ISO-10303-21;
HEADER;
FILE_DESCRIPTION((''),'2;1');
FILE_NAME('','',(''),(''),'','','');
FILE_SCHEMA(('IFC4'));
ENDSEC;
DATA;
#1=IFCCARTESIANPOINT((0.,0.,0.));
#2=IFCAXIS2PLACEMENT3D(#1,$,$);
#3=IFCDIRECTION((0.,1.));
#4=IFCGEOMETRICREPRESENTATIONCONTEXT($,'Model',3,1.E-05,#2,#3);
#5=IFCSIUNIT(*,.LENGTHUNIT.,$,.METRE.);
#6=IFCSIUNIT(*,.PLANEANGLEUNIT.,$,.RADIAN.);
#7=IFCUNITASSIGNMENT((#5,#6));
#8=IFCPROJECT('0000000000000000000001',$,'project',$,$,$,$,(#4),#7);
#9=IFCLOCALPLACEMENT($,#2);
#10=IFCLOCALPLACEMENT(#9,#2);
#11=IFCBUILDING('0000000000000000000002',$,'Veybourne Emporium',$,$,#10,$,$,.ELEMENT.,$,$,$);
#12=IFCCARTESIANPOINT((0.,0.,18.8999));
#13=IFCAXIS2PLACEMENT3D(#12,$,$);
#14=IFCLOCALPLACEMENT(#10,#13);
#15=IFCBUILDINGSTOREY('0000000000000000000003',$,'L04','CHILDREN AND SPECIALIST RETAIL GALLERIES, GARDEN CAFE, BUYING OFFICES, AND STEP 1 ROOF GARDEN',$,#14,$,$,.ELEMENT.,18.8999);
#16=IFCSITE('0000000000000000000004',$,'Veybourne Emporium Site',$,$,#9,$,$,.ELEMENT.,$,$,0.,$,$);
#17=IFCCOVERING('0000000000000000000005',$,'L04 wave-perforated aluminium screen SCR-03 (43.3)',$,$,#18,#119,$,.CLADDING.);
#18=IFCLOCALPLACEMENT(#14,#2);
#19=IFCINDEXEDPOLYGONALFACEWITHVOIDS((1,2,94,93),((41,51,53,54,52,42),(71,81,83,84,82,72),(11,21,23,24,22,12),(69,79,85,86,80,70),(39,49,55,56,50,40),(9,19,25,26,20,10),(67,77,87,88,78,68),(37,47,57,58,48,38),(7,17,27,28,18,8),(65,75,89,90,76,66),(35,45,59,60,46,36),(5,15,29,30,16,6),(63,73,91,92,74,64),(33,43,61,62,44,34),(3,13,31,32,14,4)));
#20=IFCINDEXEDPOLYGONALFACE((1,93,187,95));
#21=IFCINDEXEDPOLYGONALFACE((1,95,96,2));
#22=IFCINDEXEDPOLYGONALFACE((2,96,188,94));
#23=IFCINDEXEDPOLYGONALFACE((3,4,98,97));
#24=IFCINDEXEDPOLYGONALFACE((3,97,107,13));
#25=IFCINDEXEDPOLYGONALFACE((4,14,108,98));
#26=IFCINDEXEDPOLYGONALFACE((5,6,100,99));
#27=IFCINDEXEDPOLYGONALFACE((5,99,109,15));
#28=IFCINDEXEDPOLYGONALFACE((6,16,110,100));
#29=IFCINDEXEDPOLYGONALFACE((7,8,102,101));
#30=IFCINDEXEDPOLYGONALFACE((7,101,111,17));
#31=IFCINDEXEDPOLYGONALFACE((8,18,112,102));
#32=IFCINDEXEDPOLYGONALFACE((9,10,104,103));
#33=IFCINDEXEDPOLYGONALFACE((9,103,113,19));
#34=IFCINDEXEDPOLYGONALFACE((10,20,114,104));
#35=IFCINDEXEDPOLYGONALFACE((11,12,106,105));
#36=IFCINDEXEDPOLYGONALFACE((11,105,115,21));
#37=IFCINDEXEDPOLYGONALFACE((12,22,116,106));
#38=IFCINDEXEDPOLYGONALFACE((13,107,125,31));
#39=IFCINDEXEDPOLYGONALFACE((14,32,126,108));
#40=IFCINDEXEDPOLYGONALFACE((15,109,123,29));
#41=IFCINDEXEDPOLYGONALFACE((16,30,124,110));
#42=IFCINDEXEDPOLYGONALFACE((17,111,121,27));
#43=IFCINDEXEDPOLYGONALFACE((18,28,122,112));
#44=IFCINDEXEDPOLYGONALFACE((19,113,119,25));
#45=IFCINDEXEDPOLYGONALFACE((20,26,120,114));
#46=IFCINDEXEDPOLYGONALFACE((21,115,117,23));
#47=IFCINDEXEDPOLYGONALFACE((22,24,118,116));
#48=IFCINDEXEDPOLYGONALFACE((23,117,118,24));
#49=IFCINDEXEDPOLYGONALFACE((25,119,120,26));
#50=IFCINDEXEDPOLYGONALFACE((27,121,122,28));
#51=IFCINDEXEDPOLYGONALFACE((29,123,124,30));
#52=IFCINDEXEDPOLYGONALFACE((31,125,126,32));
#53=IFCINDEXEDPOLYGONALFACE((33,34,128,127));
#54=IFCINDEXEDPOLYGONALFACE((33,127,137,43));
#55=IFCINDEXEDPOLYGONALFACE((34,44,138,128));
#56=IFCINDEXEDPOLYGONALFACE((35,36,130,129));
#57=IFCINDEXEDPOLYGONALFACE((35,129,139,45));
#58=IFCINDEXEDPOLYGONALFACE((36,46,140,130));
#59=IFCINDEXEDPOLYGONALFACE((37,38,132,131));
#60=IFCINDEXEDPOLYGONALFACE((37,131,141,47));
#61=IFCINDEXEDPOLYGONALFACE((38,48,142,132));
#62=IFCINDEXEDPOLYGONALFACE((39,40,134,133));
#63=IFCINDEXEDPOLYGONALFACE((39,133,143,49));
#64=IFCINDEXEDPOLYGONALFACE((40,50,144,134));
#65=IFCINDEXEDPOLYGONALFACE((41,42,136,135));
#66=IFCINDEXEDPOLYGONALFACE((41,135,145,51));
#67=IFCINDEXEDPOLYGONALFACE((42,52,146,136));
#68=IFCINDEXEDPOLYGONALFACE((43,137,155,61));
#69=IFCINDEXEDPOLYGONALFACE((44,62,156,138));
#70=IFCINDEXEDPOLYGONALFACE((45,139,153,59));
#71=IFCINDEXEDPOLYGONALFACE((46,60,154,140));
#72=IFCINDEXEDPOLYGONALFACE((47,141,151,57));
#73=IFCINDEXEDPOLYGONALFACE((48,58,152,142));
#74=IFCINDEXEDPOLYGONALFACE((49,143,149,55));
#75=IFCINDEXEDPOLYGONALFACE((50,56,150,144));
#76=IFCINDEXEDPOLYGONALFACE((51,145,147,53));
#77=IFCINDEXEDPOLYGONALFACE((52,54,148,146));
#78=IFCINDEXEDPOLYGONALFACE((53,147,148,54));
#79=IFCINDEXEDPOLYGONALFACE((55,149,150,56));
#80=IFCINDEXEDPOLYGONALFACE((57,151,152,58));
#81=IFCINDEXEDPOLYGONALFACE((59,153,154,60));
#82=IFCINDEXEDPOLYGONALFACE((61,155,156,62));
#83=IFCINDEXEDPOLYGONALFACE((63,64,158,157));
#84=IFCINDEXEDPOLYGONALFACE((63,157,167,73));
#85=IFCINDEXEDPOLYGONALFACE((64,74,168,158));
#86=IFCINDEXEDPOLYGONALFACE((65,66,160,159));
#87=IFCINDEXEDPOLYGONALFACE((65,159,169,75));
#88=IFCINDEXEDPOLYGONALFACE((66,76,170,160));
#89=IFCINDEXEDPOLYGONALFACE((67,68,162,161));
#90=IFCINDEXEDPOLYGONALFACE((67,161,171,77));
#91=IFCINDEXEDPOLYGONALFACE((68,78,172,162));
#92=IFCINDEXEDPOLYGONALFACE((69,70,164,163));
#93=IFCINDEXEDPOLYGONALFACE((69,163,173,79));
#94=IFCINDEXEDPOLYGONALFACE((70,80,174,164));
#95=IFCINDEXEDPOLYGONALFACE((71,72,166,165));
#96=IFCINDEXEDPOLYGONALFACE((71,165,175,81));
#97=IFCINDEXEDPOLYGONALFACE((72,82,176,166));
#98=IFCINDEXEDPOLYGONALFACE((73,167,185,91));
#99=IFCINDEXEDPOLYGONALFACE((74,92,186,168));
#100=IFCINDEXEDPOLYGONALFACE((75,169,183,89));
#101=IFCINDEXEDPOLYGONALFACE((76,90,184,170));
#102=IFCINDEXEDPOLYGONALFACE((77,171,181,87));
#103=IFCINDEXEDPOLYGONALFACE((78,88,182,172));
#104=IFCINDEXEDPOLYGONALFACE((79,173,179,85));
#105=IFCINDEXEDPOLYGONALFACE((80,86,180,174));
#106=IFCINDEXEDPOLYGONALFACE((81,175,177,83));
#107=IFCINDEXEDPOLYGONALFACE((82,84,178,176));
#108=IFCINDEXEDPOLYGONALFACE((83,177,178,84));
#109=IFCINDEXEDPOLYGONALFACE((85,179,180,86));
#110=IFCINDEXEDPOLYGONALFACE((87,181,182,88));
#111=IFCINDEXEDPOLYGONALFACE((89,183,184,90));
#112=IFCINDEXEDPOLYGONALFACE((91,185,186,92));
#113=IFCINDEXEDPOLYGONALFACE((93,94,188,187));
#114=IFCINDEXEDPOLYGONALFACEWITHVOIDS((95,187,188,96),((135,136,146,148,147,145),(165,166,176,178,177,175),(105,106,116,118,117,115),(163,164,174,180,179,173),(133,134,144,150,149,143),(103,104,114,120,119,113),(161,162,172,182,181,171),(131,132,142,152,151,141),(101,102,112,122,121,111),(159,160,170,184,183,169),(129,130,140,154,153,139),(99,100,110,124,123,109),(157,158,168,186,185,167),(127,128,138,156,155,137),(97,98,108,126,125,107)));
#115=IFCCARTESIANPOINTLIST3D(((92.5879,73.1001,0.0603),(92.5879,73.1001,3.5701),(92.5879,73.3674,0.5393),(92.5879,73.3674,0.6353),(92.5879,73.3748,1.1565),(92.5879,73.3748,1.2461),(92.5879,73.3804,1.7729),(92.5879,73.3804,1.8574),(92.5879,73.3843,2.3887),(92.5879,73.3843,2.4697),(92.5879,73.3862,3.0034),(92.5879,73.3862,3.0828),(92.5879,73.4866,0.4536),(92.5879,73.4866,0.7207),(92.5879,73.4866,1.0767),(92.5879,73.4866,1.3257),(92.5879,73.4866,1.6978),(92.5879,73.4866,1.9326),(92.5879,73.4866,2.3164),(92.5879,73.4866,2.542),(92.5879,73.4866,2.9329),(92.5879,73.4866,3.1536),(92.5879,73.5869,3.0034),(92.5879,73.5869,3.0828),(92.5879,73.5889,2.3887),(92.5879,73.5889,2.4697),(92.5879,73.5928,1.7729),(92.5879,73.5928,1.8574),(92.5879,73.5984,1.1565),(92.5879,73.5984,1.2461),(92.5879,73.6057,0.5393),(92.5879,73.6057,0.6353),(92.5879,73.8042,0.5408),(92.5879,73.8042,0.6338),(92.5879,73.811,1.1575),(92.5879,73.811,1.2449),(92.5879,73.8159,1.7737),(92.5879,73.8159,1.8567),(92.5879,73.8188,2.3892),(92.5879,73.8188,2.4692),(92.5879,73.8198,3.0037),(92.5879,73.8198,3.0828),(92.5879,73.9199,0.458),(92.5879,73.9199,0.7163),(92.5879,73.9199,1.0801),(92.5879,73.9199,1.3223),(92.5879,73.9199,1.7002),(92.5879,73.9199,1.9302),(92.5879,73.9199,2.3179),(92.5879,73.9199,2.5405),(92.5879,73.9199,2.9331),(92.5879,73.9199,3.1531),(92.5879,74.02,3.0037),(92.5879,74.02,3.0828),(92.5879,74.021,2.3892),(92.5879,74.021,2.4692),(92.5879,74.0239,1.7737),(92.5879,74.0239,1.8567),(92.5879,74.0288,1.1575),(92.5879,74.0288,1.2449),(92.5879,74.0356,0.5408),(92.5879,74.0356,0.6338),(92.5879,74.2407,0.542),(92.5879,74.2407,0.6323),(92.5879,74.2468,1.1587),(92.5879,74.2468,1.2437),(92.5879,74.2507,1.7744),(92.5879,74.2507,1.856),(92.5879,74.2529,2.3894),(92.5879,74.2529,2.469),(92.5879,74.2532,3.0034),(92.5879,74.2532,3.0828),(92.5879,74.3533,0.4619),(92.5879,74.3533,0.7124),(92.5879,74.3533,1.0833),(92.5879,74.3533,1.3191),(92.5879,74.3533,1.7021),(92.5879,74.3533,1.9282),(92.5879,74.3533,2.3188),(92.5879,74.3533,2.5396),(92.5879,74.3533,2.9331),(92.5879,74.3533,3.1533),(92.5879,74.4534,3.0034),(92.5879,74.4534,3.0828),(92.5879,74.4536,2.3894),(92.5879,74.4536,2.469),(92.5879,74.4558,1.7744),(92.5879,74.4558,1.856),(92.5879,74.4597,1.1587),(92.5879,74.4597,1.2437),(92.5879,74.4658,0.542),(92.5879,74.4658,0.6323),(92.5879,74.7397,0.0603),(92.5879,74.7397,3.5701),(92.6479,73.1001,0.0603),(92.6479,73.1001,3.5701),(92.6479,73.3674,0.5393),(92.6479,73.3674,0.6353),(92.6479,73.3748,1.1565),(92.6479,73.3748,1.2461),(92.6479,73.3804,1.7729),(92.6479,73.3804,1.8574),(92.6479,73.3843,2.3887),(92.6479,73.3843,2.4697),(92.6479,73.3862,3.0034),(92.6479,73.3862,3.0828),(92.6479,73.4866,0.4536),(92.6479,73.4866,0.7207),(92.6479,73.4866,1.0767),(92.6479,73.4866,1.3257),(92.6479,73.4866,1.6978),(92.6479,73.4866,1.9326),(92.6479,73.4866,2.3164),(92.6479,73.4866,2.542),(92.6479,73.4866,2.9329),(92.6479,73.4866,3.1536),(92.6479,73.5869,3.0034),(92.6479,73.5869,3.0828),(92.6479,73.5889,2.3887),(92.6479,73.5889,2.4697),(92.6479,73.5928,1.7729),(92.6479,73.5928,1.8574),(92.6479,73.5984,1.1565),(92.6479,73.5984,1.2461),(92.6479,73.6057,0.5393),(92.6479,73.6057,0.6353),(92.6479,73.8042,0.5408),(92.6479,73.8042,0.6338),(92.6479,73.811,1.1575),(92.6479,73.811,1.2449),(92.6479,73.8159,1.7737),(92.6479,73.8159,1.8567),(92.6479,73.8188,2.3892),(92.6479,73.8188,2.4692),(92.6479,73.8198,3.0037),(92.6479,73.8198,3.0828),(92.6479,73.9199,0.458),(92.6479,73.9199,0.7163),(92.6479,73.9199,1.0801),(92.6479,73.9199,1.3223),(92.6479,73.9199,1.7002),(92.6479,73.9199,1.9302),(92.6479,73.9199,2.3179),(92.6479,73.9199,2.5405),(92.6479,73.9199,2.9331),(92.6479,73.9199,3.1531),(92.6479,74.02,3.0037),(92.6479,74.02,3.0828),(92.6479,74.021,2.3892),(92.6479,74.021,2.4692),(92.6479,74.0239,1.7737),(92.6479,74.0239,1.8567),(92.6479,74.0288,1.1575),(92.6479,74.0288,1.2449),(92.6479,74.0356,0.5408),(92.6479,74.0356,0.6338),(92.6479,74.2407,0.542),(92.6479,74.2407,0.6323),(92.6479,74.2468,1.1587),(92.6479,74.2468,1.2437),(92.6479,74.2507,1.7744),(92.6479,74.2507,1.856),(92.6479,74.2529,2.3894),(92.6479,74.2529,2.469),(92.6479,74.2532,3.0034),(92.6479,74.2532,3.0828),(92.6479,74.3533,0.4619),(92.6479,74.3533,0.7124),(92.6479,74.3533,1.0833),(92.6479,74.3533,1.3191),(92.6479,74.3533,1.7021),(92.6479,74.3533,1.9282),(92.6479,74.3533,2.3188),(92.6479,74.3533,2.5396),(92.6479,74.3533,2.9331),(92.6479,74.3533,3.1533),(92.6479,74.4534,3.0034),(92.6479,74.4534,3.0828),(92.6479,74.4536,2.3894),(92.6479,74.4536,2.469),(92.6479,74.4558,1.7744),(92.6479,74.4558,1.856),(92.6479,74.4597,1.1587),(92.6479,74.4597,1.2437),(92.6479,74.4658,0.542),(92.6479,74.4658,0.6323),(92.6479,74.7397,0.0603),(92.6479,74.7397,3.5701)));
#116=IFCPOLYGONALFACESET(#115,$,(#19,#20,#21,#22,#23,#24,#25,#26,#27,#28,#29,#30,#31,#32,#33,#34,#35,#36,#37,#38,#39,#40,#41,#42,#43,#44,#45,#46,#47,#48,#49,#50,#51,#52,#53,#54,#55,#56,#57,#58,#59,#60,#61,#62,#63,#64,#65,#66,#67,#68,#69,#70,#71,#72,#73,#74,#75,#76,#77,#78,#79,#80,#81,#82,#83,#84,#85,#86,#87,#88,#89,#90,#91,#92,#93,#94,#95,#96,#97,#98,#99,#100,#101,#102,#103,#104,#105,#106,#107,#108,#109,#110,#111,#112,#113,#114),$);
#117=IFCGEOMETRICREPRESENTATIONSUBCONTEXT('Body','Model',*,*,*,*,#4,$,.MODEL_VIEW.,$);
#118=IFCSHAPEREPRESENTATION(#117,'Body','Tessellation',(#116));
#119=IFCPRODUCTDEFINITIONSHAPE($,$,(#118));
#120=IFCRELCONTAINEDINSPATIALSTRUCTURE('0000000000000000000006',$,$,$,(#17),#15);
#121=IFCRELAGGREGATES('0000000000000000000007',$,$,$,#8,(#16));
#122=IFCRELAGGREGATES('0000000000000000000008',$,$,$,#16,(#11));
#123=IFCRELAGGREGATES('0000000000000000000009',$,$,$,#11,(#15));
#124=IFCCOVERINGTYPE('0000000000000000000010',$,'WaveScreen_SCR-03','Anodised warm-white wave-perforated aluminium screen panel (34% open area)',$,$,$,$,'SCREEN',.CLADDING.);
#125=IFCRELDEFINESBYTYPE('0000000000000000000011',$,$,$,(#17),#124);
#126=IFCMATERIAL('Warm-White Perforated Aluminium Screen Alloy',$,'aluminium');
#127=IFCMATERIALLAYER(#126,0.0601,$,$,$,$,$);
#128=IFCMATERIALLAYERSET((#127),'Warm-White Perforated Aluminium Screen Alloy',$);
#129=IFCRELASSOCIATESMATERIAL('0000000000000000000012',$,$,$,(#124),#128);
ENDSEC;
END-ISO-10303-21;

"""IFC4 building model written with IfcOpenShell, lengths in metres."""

from ifc_helpers import new_model, si_unit, direction, frame, origin, place, context, subcontext, project, spatial, polyline, outline, extrude, material, layer, layer_set, type_object, element, save


model = new_model("IFC4")

# Units and contexts
model_context = context("Model", 3, precision=1e-05, world=origin(), true_north=direction((0.0, 1.0)))
body_context = subcontext(model_context, "Body", "Model", "MODEL_VIEW")
ifc_project = project(units=[si_unit("LENGTHUNIT", "METRE"), si_unit("PLANEANGLEUNIT", "RADIAN")], contexts=[model_context])

# Site, building, storey
site_placement = place(None, origin())
site = spatial("IfcSite", under=ifc_project, at=site_placement, Name="Veybourne Emporium Site", CompositionType="ELEMENT", RefElevation=0.0)
building_placement = place(site_placement, origin())
building = spatial("IfcBuilding", under=site, at=building_placement, Name="Veybourne Emporium", CompositionType="ELEMENT")
storey_placement = place(building_placement, frame((0.0, 0.0, 18.8999)))
storey = spatial("IfcBuildingStorey", under=building, at=storey_placement, Name="L04", Description="CHILDREN AND SPECIALIST RETAIL GALLERIES, GARDEN CAFE, BUYING OFFICES, AND STEP 1 ROOF GARDEN", CompositionType="ELEMENT", Elevation=18.8999)

# Covering
ifc_material_1 = material(Name="Warm-White Perforated Aluminium Screen Alloy", Category="aluminium")
ifc_layer_1 = layer(ifc_material_1, 0.0601)
ifc_layer_set_1 = layer_set([ifc_layer_1], Name="Warm-White Perforated Aluminium Screen Alloy")
covering_type_1 = type_object("IfcCoveringType", Name="WaveScreen_SCR-03", Description="Anodised warm-white wave-perforated aluminium screen panel (34% open area)", ElementType="SCREEN", PredefinedType="CLADDING", material=ifc_layer_set_1)
covering_1_placement = place(storey_placement, frame((92.6479, 73.9199, 1.8152), z_axis=(-1.0, 0.0, 0.0), x_axis=(0.0, -1.0, 0.0)))
element("IfcCovering", 1, at=covering_1_placement, inside=storey, type_object=covering_type_1, Name="L04 wave-perforated aluminium screen SCR-03 (43.3)", PredefinedType="CLADDING", context=body_context, shape_type="SweptSolid", body=[
    extrude(outline(polyline([(-0.8198, -1.7549), (0.8198, -1.7549), (0.8198, 1.7549), (-0.8198, 1.7549), (-0.8198, -1.7549)]), holes=[polyline([(-0.4333, -1.1028), (-0.3208, -1.1829), (-0.3208, -1.2732), (-0.4333, -1.3533), (-0.5459, -1.2732), (-0.5459, -1.1829), (-0.4333, -1.1028)]), polyline([(-0.4333, -0.4961), (-0.3269, -0.5715), (-0.3269, -0.6565), (-0.4333, -0.7319), (-0.5398, -0.6565), (-0.5398, -0.5715), (-0.4333, -0.4961)]), polyline([(-0.4333, 0.113), (-0.3308, 0.0408), (-0.3308, -0.0408), (-0.4333, -0.113), (-0.5359, -0.0408), (-0.5359, 0.0408), (-0.4333, 0.113)]), polyline([(-0.4333, 0.7244), (-0.333, 0.6538), (-0.333, 0.5742), (-0.4333, 0.5037), (-0.5337, 0.5742), (-0.5337, 0.6538), (-0.4333, 0.7244)]), polyline([(-0.4333, 1.3381), (-0.3333, 1.2676), (-0.3333, 1.1882), (-0.4333, 1.1179), (-0.5334, 1.1882), (-0.5334, 1.2676), (-0.4333, 1.3381)]), polyline([(0.0, -1.0989), (0.1157, -1.1814), (0.1157, -1.2744), (0.0, -1.3572), (-0.1157, -1.2744), (-0.1157, -1.1814), (0.0, -1.0989)]), polyline([(0.0, -0.4929), (0.1089, -0.5703), (0.1089, -0.6577), (0.0, -0.7351), (-0.1089, -0.6577), (-0.1089, -0.5703), (0.0, -0.4929)]), polyline([(0.0, 0.115), (0.104, 0.0415), (0.104, -0.0415), (0.0, -0.115), (-0.104, -0.0415), (-0.104, 0.0415), (0.0, 0.115)]), polyline([(0.0, 0.7253), (0.1011, 0.6541), (0.1011, 0.574), (0.0, 0.5027), (-0.1011, 0.574), (-0.1011, 0.6541), (0.0, 0.7253)]), polyline([(0.0, 1.3379), (0.1001, 1.2676), (0.1001, 1.1885), (0.0, 1.1179), (-0.1001, 1.1885), (-0.1001, 1.2676), (0.0, 1.3379)]), polyline([(0.4333, -1.0945), (0.5525, -1.1799), (0.5525, -1.2759), (0.4333, -1.3616), (0.3142, -1.2759), (0.3142, -1.1799), (0.4333, -1.0945)]), polyline([(0.4333, -0.4895), (0.5452, -0.5691), (0.5452, -0.6587), (0.4333, -0.7385), (0.3215, -0.6587), (0.3215, -0.5691), (0.4333, -0.4895)]), polyline([(0.4333, 0.1174), (0.5396, 0.0422), (0.5396, -0.0422), (0.4333, -0.1174), (0.3271, -0.0422), (0.3271, 0.0422), (0.4333, 0.1174)]), polyline([(0.4333, 0.7268), (0.5356, 0.6545), (0.5356, 0.5735), (0.4333, 0.5012), (0.3311, 0.5735), (0.3311, 0.6545), (0.4333, 0.7268)]), polyline([(0.4333, 1.3384), (0.5337, 1.2676), (0.5337, 1.1882), (0.4333, 1.1177), (0.333, 1.1882), (0.333, 1.2676), (0.4333, 1.3384)])]), origin(), (0.0, 0.0, 1.0), 0.0601),
])

save(model, "model.ifc")
